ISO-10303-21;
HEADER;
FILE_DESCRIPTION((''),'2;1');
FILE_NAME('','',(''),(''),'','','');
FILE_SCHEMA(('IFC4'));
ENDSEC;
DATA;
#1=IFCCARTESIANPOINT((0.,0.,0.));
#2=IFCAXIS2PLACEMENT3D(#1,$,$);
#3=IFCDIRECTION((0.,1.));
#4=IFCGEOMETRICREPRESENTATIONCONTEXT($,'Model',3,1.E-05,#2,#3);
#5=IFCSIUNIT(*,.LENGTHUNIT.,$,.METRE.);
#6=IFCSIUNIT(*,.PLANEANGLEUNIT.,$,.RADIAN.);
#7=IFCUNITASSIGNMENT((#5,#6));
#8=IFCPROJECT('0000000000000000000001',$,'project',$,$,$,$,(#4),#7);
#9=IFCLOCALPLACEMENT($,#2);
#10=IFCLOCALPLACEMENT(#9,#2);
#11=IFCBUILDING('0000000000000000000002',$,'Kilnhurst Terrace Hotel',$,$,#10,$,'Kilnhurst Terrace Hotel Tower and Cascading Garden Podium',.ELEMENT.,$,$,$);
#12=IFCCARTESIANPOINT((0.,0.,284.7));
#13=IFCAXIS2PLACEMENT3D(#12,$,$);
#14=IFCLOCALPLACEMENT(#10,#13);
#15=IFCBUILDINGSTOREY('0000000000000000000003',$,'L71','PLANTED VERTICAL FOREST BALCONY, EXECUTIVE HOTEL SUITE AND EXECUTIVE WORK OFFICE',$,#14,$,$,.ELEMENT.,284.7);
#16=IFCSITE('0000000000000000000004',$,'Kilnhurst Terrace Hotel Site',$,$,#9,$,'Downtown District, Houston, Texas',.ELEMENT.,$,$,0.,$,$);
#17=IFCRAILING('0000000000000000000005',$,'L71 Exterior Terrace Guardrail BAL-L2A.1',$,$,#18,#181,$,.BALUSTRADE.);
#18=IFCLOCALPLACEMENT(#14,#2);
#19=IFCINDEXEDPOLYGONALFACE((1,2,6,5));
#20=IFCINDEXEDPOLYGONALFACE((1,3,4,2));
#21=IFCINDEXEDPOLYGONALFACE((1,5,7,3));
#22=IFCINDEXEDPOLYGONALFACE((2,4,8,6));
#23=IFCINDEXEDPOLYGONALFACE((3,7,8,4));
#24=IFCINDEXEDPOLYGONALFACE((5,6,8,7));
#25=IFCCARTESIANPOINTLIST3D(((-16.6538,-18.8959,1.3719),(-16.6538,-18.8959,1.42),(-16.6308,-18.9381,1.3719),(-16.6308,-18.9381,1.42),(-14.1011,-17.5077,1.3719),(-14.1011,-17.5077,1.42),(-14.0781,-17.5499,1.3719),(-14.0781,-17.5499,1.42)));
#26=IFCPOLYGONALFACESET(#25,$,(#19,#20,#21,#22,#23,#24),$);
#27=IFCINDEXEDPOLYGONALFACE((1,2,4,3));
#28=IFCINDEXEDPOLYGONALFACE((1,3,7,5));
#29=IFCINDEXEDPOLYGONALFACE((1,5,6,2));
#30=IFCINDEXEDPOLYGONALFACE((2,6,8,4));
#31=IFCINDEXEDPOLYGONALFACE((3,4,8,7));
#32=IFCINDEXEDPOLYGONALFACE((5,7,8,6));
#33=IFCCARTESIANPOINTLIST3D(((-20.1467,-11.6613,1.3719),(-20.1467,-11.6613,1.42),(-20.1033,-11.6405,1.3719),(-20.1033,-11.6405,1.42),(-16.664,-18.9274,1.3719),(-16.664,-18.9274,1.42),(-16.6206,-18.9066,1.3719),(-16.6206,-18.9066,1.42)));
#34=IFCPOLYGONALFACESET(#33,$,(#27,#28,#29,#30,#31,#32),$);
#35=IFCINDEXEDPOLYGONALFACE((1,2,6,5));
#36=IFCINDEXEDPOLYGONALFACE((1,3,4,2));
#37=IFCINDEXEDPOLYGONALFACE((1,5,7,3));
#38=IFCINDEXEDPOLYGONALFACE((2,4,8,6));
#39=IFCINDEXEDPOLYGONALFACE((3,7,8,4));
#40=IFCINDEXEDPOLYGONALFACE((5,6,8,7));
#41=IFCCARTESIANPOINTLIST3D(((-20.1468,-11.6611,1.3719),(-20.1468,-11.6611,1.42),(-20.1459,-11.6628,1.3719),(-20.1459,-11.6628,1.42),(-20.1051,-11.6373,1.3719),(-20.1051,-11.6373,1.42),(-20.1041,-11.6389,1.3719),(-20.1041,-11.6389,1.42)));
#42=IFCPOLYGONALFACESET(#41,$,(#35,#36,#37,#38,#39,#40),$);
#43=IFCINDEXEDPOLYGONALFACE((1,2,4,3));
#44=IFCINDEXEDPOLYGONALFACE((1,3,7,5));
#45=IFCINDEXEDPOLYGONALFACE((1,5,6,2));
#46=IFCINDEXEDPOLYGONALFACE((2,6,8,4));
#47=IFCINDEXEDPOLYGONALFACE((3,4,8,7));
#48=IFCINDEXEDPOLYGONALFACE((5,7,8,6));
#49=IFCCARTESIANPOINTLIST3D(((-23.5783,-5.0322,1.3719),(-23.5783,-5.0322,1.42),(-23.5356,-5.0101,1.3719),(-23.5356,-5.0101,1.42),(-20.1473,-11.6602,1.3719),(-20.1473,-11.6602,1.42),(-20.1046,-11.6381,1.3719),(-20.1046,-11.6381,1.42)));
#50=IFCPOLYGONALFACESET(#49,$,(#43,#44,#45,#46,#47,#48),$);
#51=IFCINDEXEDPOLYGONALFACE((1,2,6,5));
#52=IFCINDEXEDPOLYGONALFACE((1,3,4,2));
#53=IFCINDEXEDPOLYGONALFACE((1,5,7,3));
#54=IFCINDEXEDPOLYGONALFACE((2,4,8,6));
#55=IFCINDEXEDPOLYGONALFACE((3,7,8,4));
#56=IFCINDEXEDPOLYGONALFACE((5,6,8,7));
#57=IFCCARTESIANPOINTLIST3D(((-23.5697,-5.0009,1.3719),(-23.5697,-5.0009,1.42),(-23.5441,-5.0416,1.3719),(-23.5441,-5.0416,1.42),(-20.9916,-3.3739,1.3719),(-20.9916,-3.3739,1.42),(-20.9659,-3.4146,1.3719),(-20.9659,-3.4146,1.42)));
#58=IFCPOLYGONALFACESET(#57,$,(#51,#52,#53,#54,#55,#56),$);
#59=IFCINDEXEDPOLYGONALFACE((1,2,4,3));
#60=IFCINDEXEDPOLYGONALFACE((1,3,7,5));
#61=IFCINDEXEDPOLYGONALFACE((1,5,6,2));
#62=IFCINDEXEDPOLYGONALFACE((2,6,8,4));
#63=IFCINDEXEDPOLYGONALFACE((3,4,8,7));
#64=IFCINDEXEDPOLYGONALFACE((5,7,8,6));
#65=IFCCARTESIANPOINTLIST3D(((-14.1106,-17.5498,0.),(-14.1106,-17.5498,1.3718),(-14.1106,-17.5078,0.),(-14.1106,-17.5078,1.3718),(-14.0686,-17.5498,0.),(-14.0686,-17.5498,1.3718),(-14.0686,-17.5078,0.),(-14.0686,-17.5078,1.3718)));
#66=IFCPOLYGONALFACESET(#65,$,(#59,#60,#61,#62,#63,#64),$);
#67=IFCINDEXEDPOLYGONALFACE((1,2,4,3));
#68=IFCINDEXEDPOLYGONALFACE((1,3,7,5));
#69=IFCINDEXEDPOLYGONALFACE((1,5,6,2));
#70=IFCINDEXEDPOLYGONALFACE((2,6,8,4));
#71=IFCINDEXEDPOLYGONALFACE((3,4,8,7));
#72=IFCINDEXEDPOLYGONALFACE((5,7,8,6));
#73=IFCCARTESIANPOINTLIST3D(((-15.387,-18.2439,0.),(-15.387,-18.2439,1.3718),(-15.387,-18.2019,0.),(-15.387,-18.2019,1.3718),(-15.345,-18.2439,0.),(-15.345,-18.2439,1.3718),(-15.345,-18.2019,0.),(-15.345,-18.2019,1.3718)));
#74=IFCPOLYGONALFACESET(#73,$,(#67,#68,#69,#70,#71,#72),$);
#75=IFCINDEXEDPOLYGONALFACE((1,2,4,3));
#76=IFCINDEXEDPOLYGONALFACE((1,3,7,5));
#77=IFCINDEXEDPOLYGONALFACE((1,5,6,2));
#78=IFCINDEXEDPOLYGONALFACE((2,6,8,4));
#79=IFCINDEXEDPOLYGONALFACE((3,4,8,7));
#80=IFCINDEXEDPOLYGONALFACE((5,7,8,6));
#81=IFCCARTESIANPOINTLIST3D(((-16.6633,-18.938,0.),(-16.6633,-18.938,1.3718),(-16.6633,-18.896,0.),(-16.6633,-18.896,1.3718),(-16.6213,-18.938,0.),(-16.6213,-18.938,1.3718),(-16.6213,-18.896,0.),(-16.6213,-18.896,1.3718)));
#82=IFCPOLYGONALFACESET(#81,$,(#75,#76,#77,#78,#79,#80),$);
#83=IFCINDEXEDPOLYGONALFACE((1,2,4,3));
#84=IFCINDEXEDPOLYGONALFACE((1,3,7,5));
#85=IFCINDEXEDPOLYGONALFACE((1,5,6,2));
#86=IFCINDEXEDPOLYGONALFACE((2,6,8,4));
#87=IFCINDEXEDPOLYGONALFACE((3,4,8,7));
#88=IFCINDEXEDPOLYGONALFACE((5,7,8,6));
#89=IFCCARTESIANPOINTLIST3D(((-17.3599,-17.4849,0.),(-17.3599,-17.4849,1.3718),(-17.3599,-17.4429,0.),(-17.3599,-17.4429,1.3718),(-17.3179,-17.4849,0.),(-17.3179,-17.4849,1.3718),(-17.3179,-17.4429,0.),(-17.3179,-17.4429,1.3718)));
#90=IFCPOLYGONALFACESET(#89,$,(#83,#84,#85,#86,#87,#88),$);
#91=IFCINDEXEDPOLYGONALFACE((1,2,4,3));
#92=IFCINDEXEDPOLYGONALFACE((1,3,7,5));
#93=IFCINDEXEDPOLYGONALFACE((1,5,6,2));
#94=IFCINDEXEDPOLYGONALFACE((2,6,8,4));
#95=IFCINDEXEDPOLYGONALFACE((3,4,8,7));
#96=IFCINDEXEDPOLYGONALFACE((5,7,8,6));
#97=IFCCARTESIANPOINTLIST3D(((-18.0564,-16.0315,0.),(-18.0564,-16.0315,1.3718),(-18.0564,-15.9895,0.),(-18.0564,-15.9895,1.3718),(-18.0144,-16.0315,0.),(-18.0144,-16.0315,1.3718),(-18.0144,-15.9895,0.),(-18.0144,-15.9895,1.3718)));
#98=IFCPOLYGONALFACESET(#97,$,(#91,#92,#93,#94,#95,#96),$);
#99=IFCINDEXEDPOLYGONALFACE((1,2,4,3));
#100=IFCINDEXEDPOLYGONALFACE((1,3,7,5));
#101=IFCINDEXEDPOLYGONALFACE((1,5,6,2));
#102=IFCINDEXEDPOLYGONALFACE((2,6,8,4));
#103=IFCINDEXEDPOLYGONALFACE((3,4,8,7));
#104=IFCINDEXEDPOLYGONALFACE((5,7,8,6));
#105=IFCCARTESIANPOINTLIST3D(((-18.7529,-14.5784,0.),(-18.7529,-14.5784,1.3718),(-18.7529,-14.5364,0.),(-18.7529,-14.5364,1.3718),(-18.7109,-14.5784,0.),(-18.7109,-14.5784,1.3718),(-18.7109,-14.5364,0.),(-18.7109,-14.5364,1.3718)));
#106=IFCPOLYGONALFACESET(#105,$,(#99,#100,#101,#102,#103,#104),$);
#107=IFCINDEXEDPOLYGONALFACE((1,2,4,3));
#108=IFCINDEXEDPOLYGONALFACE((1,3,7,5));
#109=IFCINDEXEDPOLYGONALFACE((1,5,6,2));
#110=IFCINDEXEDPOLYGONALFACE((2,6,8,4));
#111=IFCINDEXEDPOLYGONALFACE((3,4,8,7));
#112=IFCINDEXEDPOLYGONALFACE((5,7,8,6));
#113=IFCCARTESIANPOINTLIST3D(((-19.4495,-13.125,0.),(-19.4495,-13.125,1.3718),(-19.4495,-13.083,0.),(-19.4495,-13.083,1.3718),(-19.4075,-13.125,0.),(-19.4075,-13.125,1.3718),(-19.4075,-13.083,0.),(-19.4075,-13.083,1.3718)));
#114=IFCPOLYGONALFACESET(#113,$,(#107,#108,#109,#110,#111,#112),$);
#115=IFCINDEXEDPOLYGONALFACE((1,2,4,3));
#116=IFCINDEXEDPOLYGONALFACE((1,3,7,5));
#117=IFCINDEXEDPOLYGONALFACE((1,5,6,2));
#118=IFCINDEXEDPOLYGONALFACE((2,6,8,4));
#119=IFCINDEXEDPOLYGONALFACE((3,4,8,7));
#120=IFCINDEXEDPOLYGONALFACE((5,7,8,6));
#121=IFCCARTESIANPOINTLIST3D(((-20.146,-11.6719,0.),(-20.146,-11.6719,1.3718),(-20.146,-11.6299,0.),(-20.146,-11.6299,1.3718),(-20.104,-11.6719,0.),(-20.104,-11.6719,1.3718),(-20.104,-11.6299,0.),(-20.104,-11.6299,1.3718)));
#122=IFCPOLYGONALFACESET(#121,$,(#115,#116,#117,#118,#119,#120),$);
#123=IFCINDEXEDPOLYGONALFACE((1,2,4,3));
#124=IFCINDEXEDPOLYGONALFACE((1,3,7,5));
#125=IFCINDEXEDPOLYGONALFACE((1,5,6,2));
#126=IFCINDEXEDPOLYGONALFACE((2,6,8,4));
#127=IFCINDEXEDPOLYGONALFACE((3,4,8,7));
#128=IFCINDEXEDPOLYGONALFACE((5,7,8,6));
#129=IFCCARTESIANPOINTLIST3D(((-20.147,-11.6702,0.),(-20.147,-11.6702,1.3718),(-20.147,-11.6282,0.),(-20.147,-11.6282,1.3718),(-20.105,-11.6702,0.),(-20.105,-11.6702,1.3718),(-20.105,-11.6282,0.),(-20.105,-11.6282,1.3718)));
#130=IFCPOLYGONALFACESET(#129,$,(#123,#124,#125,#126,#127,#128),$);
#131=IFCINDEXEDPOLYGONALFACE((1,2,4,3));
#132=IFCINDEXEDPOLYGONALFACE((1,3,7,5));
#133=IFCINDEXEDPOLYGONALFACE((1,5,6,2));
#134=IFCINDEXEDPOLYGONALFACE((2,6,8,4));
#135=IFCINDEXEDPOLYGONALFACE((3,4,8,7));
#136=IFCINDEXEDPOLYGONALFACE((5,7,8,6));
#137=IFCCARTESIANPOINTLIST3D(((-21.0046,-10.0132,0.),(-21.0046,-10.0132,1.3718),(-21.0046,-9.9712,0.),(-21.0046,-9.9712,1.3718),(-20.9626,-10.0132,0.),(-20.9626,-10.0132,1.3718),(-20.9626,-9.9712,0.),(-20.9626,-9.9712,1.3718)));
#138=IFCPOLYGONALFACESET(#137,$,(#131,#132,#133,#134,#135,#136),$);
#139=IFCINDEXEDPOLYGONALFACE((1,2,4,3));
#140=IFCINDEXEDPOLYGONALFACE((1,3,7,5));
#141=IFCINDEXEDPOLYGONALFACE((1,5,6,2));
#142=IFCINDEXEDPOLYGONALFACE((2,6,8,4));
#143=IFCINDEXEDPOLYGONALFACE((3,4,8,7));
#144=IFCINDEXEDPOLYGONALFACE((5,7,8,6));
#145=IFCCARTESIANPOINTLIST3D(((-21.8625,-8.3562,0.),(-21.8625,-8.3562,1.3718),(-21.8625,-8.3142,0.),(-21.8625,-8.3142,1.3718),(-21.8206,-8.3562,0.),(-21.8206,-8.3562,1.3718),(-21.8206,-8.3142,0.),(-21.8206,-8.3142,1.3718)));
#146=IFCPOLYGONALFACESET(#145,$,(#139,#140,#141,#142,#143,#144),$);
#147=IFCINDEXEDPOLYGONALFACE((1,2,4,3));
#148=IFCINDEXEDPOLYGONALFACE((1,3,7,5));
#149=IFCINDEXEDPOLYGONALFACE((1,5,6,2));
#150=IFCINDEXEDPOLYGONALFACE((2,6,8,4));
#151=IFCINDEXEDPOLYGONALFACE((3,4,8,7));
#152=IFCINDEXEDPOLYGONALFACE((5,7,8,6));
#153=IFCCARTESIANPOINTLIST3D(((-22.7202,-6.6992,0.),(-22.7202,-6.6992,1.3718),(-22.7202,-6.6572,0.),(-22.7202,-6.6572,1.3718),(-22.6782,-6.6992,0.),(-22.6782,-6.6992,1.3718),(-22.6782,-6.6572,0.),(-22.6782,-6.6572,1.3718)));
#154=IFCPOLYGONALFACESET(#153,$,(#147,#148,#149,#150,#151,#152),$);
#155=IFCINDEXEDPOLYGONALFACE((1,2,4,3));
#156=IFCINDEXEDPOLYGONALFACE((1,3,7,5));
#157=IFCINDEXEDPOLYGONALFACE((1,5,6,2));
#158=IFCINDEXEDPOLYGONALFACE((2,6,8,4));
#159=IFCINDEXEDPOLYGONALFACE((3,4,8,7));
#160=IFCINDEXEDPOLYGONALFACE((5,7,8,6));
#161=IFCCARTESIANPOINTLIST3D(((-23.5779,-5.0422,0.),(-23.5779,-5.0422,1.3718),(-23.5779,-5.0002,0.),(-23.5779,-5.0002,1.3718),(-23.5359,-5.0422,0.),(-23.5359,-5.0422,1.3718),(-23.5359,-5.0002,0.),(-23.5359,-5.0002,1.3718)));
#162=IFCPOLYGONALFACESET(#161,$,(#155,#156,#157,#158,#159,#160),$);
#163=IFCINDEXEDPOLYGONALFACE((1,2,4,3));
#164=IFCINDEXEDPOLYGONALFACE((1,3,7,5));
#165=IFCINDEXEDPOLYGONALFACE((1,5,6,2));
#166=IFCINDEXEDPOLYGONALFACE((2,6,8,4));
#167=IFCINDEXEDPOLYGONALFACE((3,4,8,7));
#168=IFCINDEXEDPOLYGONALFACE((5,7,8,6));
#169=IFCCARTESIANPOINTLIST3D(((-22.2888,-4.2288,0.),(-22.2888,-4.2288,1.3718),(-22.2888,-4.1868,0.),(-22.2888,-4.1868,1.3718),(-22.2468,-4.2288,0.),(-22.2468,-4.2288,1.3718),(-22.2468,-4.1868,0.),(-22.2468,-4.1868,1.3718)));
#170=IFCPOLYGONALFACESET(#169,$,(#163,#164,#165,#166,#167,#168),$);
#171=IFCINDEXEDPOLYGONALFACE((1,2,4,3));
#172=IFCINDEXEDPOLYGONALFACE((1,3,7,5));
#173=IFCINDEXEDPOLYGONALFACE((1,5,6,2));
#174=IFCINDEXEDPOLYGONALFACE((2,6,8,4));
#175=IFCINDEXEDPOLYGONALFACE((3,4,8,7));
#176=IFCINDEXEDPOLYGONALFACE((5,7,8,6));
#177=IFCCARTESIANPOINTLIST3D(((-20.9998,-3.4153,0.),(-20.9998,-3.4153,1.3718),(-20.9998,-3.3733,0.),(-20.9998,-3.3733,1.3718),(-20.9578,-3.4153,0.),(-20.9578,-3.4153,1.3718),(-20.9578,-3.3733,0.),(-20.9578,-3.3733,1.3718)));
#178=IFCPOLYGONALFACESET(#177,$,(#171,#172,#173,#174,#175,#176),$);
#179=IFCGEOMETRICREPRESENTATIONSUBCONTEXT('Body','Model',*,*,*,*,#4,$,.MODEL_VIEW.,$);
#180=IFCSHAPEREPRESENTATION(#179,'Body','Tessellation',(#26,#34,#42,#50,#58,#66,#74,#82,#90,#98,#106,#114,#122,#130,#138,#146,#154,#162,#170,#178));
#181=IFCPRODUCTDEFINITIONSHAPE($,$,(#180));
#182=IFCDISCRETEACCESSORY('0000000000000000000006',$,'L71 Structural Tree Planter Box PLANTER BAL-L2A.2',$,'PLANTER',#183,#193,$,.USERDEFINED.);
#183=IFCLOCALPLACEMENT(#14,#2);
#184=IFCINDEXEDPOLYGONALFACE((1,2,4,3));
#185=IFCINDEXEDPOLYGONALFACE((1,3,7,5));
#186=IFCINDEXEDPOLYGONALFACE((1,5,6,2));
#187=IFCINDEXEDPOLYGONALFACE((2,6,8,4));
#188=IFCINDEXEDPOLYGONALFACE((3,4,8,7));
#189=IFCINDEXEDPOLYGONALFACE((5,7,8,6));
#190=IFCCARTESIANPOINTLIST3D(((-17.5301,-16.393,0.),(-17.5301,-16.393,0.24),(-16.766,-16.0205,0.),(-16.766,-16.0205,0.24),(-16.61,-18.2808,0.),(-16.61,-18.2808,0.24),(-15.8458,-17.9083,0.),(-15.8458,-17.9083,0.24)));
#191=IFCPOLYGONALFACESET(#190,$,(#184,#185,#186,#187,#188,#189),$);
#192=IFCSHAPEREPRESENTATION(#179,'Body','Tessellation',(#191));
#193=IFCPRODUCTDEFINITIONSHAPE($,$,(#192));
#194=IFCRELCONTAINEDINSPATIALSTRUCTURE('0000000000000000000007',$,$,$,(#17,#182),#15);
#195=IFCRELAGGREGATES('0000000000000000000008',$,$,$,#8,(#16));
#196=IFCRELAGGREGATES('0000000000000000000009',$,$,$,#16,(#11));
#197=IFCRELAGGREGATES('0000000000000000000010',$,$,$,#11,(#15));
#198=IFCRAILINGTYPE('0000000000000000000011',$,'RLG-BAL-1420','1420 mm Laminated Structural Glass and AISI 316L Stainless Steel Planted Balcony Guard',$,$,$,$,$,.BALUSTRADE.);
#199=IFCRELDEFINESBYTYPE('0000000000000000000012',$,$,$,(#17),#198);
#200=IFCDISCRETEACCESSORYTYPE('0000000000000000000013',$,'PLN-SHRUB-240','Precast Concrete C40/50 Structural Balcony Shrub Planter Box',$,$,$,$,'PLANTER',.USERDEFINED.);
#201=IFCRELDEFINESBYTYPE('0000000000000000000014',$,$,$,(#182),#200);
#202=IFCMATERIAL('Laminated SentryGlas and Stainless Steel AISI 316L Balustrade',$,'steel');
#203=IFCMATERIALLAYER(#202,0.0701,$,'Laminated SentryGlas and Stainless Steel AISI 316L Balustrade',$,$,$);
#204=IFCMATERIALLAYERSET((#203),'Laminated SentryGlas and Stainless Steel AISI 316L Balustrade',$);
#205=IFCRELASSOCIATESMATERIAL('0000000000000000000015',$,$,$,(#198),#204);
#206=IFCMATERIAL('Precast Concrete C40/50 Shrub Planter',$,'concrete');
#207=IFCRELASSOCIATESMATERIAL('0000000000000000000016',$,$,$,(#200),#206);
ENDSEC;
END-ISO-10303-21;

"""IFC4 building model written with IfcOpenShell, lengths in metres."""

from ifc_helpers import new_model, si_unit, direction, frame, origin, origin_2d, place, context, subcontext, project, spatial, rectangle, extrude, material, layer, layer_set, type_object, element, save


model = new_model("IFC4")

# Units and contexts
model_context = context("Model", 3, precision=1e-05, world=origin(), true_north=direction((0.0, 1.0)))
body_context = subcontext(model_context, "Body", "Model", "MODEL_VIEW")
ifc_project = project(units=[si_unit("LENGTHUNIT", "METRE"), si_unit("PLANEANGLEUNIT", "RADIAN")], contexts=[model_context])

# Site, building, storey
site_placement = place(None, origin())
site = spatial("IfcSite", under=ifc_project, at=site_placement, Name="Kilnhurst Terrace Hotel Site", LongName="Downtown District, Houston, Texas", CompositionType="ELEMENT", RefElevation=0.0)
building_placement = place(site_placement, origin())
building = spatial("IfcBuilding", under=site, at=building_placement, Name="Kilnhurst Terrace Hotel", LongName="Kilnhurst Terrace Hotel Tower and Cascading Garden Podium", CompositionType="ELEMENT")
storey_placement = place(building_placement, frame((0.0, 0.0, 284.7)))
storey = spatial("IfcBuildingStorey", under=building, at=storey_placement, Name="L71", Description="PLANTED VERTICAL FOREST BALCONY, EXECUTIVE HOTEL SUITE AND EXECUTIVE WORK OFFICE", CompositionType="ELEMENT", Elevation=284.7)

# Railing
ifc_material_1 = material(Name="Laminated SentryGlas and Stainless Steel AISI 316L Balustrade", Category="steel")
ifc_layer_1 = layer(ifc_material_1, 0.0701, Name="Laminated SentryGlas and Stainless Steel AISI 316L Balustrade")
ifc_layer_set_1 = layer_set([ifc_layer_1], Name="Laminated SentryGlas and Stainless Steel AISI 316L Balustrade")
railing_type = type_object("IfcRailingType", Name="RLG-BAL-1420", Description="1420 mm Laminated Structural Glass and AISI 316L Stainless Steel Planted Balcony Guard", PredefinedType="BALUSTRADE", material=ifc_layer_set_1)
railing_placement = place(storey_placement, frame((-14.0896, -17.5288, 0.0)))
element("IfcRailing", 1, at=railing_placement, inside=storey, type_object=railing_type, Name="L71 Exterior Terrace Guardrail BAL-L2A.1", PredefinedType="BALUSTRADE", context=body_context, shape_type="SweptSolid", body=[
    extrude(rectangle(XDim=0.0481, YDim=0.0481, at=origin_2d()), frame((0.0, 0.0, 1.396), z_axis=(-0.878505, -0.477733, 0.0), x_axis=(0.477733, -0.878505, 0.0)), (0.0, 0.0, 1.0), 2.9058),
    extrude(rectangle(XDim=0.0481, YDim=0.0481, at=origin_2d()), frame((-2.5527, -1.3882, 1.396), z_axis=(-0.43222, 0.901768, 0.0), x_axis=(-0.901768, -0.43222, 0.0)), (0.0, 0.0, 1.0), 8.0576),
    extrude(rectangle(XDim=0.0481, YDim=0.0481, at=origin_2d()), frame((-6.0354, 5.8779, 1.396), z_axis=(-0.496139, 0.868243, 0.0), x_axis=(-0.868243, -0.496139, 0.0)), (0.0, 0.0, 1.0), 0.002),
    extrude(rectangle(XDim=0.0481, YDim=0.0481, at=origin_2d()), frame((-6.0364, 5.8796, 1.396), z_axis=(-0.459705, 0.888072, 0.0), x_axis=(-0.888072, -0.459705, 0.0)), (0.0, 0.0, 1.0), 7.4634),
    extrude(rectangle(XDim=0.0481, YDim=0.0481, at=origin_2d()), frame((-9.4673, 12.5076, 1.396), z_axis=(0.845687, 0.53368, 0.0), x_axis=(-0.53368, 0.845687, 0.0)), (0.0, 0.0, 1.0), 3.0486),
    extrude(rectangle(XDim=0.042, YDim=0.042, at=origin_2d()), origin(), (0.0, 0.0, 1.0), 1.3718),
    extrude(rectangle(XDim=0.042, YDim=0.042, at=origin_2d()), frame((-1.2764, -0.6941, 0.0)), (0.0, 0.0, 1.0), 1.3718),
    extrude(rectangle(XDim=0.042, YDim=0.042, at=origin_2d()), frame((-2.5527, -1.3882, 0.0)), (0.0, 0.0, 1.0), 1.3718),
    extrude(rectangle(XDim=0.042, YDim=0.042, at=origin_2d()), frame((-3.2493, 0.0649, 0.0)), (0.0, 0.0, 1.0), 1.3718),
    extrude(rectangle(XDim=0.042, YDim=0.042, at=origin_2d()), frame((-3.9458, 1.5183, 0.0)), (0.0, 0.0, 1.0), 1.3718),
    extrude(rectangle(XDim=0.042, YDim=0.042, at=origin_2d()), frame((-4.6423, 2.9714, 0.0)), (0.0, 0.0, 1.0), 1.3718),
    extrude(rectangle(XDim=0.042, YDim=0.042, at=origin_2d()), frame((-5.3389, 4.4248, 0.0)), (0.0, 0.0, 1.0), 1.3718),
    extrude(rectangle(XDim=0.042, YDim=0.042, at=origin_2d()), frame((-6.0354, 5.8779, 0.0)), (0.0, 0.0, 1.0), 1.3718),
    extrude(rectangle(XDim=0.042, YDim=0.042, at=origin_2d()), frame((-6.0364, 5.8796, 0.0)), (0.0, 0.0, 1.0), 1.3718),
    extrude(rectangle(XDim=0.042, YDim=0.042, at=origin_2d()), frame((-6.894, 7.5366, 0.0)), (0.0, 0.0, 1.0), 1.3718),
    extrude(rectangle(XDim=0.042, YDim=0.042, at=origin_2d()), frame((-7.752, 9.1936, 0.0)), (0.0, 0.0, 1.0), 1.3718),
    extrude(rectangle(XDim=0.042, YDim=0.042, at=origin_2d()), frame((-8.6096, 10.8506, 0.0)), (0.0, 0.0, 1.0), 1.3718),
    extrude(rectangle(XDim=0.042, YDim=0.042, at=origin_2d()), frame((-9.4673, 12.5076, 0.0)), (0.0, 0.0, 1.0), 1.3718),
    extrude(rectangle(XDim=0.042, YDim=0.042, at=origin_2d()), frame((-8.1782, 13.321, 0.0)), (0.0, 0.0, 1.0), 1.3718),
    extrude(rectangle(XDim=0.042, YDim=0.042, at=origin_2d()), frame((-6.8892, 14.1345, 0.0)), (0.0, 0.0, 1.0), 1.3718),
])

# Discrete accessory
ifc_material_2 = material(Name="Precast Concrete C40/50 Shrub Planter", Category="concrete")
discrete_accessory_type = type_object("IfcDiscreteAccessoryType", Name="PLN-SHRUB-240", Description="Precast Concrete C40/50 Structural Balcony Shrub Planter Box", ElementType="PLANTER", PredefinedType="USERDEFINED", material=ifc_material_2)
discrete_accessory_placement = place(storey_placement, frame((-16.688, -17.1506, 0.0), z_axis=(0.0, 0.0, 1.0), x_axis=(0.438136, -0.898909, 0.0)))
element("IfcDiscreteAccessory", 2, at=discrete_accessory_placement, inside=storey, type_object=discrete_accessory_type, Name="L71 Structural Tree Planter Box PLANTER BAL-L2A.2", ObjectType="PLANTER", PredefinedType="USERDEFINED", context=body_context, shape_type="SweptSolid", body=[
    extrude(rectangle(XDim=2.1001, YDim=0.8501, at=origin_2d()), origin(), (0.0, 0.0, 1.0), 0.24),
])

save(model, "model.ifc")
